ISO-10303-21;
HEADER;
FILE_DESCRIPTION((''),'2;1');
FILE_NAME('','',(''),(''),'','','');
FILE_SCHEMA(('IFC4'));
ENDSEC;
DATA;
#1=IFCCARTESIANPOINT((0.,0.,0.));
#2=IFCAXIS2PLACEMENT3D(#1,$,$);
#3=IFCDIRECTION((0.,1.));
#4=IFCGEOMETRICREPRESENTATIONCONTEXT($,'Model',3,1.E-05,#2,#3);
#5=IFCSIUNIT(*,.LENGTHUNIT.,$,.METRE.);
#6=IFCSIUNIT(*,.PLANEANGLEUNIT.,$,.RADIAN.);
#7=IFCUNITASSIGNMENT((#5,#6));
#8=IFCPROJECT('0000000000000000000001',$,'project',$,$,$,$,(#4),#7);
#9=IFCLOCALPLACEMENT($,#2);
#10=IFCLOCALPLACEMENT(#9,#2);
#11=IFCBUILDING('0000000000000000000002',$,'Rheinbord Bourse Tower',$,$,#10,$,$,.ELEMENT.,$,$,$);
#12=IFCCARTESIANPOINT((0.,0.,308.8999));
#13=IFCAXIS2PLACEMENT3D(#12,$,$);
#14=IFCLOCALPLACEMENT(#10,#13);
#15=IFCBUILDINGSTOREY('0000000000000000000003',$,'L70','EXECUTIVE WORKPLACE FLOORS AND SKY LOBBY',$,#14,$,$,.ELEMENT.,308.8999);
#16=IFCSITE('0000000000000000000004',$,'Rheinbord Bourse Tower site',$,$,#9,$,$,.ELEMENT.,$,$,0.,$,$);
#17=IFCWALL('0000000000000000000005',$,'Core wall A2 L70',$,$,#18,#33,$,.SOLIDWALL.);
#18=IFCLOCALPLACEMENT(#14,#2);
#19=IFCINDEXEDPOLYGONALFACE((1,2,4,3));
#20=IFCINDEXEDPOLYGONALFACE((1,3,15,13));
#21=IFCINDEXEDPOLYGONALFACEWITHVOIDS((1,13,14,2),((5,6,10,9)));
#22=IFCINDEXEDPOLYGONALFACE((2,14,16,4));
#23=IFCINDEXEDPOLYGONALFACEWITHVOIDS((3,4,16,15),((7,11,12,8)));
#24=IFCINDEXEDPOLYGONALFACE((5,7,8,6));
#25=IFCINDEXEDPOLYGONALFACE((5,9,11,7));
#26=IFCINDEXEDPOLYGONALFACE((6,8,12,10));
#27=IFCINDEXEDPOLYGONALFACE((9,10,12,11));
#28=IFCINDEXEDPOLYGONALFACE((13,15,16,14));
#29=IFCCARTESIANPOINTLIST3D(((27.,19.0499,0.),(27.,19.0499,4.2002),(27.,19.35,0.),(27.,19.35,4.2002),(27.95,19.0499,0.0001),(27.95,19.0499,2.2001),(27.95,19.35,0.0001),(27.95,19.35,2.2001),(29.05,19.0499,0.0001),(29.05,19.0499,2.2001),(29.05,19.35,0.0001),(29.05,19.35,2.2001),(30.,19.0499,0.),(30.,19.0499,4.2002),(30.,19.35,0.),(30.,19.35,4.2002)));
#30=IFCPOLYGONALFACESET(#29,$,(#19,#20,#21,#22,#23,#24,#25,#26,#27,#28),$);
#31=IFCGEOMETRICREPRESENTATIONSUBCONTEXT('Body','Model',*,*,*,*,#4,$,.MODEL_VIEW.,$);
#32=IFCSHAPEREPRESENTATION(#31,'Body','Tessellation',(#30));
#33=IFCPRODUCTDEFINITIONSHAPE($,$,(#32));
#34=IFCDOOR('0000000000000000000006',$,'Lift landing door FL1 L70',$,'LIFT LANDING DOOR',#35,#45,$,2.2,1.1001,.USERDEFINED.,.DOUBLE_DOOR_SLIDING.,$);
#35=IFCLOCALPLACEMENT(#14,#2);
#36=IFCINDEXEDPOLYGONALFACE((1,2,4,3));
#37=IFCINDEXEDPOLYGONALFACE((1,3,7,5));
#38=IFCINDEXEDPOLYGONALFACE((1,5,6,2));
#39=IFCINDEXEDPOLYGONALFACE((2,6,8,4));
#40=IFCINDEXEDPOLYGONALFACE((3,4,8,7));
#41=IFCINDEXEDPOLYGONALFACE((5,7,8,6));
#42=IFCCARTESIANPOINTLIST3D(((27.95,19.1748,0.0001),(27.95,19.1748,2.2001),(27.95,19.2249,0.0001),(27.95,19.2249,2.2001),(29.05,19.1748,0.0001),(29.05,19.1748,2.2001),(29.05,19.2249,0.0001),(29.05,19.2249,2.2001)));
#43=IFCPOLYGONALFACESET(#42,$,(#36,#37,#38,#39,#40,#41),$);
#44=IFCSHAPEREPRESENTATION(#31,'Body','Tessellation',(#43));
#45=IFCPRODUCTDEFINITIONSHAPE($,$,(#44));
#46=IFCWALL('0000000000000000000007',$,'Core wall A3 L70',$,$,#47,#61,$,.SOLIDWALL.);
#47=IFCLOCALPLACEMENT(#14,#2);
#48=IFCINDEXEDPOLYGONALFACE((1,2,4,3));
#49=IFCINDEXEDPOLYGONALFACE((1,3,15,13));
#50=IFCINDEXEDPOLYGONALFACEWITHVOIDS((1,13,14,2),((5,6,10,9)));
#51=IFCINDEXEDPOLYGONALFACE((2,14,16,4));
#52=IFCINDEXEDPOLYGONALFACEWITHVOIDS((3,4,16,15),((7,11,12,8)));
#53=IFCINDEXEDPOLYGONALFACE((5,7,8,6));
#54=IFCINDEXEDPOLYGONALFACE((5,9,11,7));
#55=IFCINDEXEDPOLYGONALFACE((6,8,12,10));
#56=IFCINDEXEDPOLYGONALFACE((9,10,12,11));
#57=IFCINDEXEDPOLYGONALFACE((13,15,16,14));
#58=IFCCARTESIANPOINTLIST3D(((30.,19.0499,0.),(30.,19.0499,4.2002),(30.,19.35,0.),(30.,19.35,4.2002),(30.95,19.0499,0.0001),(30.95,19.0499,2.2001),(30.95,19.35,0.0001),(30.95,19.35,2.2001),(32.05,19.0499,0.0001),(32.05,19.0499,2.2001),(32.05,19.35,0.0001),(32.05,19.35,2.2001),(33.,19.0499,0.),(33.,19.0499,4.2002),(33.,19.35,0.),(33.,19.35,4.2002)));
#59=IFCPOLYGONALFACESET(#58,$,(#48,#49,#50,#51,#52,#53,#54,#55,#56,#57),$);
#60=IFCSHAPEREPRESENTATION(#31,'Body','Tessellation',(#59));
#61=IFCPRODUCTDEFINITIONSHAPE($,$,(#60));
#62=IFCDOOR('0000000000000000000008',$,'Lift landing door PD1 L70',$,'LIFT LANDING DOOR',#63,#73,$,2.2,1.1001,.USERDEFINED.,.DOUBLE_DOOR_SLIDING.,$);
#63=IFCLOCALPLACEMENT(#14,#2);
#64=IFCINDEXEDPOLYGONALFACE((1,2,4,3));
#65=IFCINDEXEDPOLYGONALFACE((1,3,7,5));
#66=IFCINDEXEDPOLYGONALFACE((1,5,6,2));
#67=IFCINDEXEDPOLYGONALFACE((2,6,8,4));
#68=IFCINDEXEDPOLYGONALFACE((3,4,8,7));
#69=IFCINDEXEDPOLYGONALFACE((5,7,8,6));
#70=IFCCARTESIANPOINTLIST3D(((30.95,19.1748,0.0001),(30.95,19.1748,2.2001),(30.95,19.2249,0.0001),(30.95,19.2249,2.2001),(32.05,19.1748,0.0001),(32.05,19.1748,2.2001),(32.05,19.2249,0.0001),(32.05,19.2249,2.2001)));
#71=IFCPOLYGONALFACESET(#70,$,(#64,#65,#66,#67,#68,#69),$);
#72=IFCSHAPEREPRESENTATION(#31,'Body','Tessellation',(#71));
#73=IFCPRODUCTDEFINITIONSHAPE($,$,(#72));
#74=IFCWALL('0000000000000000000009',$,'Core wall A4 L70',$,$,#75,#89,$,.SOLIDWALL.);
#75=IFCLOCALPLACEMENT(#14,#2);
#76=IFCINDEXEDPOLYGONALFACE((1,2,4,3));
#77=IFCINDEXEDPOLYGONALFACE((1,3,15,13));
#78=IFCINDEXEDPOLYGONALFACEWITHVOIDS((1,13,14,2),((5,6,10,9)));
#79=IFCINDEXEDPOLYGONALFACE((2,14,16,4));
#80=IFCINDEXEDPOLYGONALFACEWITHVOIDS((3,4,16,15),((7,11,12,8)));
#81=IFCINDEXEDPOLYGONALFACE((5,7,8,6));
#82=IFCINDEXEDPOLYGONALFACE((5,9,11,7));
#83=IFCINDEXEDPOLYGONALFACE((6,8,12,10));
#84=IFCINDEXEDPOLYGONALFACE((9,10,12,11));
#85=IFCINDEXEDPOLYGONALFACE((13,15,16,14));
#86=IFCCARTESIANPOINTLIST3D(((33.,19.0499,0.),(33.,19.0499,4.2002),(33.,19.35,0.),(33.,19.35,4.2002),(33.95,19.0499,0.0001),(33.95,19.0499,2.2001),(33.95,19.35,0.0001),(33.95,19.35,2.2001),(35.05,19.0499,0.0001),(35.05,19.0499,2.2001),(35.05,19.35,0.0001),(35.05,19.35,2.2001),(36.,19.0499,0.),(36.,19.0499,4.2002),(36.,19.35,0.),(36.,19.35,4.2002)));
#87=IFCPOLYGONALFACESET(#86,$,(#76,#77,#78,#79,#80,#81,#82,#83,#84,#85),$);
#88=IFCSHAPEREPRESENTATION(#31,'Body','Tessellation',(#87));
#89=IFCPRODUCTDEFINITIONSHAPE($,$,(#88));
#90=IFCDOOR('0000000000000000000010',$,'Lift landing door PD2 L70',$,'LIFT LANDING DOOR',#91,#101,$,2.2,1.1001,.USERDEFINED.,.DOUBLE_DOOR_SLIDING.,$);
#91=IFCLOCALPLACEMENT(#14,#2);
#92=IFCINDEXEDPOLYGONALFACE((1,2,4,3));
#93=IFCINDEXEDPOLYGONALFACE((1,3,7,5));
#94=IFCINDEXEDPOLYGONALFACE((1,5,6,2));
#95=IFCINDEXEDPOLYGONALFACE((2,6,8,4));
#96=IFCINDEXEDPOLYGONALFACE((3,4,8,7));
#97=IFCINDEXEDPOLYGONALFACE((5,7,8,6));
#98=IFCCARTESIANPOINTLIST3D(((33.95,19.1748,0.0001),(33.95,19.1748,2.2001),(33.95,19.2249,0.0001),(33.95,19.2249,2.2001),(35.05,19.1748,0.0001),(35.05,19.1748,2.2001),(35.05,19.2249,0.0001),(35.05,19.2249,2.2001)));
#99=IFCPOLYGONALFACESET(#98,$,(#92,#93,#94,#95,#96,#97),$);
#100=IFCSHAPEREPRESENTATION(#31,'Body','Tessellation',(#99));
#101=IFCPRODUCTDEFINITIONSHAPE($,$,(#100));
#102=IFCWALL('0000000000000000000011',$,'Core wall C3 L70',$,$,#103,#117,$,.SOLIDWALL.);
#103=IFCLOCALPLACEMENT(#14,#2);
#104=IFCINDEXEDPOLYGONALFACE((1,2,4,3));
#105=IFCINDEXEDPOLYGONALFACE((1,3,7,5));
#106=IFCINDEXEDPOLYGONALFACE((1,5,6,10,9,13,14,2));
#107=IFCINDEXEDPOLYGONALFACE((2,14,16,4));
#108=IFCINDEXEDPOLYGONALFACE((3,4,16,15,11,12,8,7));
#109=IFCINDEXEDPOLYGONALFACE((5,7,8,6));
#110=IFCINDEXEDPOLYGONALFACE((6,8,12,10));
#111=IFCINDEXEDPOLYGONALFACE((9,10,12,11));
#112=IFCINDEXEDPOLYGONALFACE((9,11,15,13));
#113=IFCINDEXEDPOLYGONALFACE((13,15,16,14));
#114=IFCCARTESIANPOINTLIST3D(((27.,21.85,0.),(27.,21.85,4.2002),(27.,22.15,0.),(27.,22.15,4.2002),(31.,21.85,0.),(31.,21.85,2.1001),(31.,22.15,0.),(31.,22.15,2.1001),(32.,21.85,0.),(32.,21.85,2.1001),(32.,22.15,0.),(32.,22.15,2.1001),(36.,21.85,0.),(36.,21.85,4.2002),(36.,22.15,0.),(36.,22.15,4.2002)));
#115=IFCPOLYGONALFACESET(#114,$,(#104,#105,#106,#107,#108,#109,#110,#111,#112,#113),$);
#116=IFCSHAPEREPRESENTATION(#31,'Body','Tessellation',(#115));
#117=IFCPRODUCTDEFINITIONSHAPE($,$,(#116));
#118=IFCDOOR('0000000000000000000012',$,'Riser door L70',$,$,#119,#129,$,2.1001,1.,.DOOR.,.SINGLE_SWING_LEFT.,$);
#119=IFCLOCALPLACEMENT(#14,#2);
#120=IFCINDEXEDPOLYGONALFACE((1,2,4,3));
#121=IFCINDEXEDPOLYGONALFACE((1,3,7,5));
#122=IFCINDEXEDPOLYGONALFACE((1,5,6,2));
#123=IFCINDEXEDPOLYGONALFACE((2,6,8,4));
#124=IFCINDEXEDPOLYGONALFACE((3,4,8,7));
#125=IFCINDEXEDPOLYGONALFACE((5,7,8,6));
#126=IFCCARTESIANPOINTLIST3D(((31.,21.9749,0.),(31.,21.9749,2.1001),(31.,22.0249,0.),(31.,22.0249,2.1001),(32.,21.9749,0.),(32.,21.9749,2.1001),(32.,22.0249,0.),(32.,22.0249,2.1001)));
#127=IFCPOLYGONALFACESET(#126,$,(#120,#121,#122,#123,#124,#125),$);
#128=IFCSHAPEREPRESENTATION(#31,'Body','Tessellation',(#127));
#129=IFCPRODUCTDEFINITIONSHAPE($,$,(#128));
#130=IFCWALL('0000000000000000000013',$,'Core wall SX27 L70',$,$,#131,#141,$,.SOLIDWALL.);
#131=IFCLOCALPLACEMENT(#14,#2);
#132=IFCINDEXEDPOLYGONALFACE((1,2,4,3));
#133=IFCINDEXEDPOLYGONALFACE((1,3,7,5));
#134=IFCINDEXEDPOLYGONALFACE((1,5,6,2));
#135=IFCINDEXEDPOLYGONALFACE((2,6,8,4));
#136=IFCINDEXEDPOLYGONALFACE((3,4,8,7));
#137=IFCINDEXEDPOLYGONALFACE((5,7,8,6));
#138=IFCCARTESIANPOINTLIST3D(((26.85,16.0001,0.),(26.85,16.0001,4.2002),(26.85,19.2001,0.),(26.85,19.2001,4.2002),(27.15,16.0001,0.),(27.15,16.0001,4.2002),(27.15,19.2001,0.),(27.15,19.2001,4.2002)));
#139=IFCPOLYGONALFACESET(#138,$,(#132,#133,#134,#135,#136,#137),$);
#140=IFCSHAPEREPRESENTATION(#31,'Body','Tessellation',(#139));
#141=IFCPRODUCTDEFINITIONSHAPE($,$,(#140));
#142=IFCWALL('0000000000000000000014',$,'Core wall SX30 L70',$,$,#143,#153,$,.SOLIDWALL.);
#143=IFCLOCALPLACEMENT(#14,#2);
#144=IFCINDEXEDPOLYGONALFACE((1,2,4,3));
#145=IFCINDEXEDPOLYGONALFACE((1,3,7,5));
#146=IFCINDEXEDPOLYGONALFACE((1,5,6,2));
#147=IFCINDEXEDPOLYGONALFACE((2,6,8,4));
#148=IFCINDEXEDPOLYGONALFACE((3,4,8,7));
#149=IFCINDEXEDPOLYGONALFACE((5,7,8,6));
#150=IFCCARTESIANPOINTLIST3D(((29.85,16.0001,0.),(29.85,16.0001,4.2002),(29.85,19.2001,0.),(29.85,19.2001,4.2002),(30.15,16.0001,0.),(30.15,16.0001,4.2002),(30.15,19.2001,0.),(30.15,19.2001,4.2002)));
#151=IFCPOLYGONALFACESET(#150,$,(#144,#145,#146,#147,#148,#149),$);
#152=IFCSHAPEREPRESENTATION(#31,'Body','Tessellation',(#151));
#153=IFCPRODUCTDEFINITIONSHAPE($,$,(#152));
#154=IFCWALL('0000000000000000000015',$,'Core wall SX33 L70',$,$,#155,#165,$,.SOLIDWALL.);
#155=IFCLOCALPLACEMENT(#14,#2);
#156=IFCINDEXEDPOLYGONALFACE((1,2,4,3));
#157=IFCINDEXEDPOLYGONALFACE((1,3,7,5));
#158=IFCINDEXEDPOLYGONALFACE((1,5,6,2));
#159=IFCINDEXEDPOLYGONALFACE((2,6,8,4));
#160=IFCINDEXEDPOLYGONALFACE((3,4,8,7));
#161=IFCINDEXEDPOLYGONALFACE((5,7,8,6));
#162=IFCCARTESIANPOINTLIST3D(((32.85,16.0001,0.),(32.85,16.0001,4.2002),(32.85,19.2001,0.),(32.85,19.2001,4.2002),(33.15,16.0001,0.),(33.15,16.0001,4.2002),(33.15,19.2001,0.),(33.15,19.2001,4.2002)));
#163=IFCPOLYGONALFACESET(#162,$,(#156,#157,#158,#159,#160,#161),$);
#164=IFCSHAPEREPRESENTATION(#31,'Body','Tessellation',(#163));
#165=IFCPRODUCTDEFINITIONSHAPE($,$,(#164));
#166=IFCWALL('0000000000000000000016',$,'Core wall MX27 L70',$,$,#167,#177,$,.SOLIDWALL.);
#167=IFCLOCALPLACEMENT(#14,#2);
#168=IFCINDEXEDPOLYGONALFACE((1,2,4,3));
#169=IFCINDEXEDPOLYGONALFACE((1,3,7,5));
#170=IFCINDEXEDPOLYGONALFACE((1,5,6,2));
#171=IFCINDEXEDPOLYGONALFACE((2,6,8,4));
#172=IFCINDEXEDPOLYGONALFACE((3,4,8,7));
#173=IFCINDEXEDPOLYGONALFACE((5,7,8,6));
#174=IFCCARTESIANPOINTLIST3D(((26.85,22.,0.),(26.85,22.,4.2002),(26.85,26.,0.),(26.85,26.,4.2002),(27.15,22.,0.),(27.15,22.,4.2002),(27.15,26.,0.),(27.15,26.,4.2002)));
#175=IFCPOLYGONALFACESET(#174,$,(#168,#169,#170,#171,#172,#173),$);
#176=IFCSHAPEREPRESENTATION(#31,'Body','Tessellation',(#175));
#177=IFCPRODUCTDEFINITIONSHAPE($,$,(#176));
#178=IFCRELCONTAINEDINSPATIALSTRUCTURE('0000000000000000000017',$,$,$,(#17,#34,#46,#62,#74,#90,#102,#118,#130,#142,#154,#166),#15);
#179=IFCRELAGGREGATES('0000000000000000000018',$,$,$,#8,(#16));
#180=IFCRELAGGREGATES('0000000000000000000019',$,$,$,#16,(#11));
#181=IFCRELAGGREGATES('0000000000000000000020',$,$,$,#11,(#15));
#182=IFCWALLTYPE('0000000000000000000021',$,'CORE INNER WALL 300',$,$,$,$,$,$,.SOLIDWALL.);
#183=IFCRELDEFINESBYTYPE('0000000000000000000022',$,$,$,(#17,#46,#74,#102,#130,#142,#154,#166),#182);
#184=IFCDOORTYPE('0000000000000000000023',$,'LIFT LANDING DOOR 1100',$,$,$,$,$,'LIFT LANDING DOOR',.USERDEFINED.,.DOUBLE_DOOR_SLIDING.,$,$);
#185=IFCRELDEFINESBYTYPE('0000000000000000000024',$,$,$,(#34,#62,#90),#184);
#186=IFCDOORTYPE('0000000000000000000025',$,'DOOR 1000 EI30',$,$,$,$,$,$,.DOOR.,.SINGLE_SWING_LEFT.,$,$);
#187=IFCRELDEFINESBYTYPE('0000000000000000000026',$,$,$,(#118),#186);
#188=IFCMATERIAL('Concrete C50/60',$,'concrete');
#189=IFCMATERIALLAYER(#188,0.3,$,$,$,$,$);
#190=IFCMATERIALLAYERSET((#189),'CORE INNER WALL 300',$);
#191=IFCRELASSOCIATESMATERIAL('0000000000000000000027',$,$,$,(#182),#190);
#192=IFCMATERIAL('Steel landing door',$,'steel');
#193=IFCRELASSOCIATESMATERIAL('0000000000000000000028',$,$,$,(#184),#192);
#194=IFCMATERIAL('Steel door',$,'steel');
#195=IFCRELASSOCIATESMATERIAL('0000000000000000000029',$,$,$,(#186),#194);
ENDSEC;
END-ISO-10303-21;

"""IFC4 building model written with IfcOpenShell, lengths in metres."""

from ifc_helpers import new_model, si_unit, direction, frame, frame_2d, origin, place, context, subcontext, project, spatial, rectangle, extrude, material, layer, layer_set, type_object, element, fill, save


model = new_model("IFC4")

# Units and contexts
model_context = context("Model", 3, precision=1e-05, world=origin(), true_north=direction((0.0, 1.0)))
body_context = subcontext(model_context, "Body", "Model", "MODEL_VIEW")
ifc_project = project(units=[si_unit("LENGTHUNIT", "METRE"), si_unit("PLANEANGLEUNIT", "RADIAN")], contexts=[model_context])

# Site, building, storey
site_placement = place(None, origin())
site = spatial("IfcSite", under=ifc_project, at=site_placement, Name="Rheinbord Bourse Tower site", CompositionType="ELEMENT", RefElevation=0.0)
building_placement = place(site_placement, origin())
building = spatial("IfcBuilding", under=site, at=building_placement, Name="Rheinbord Bourse Tower", CompositionType="ELEMENT")
storey_placement = place(building_placement, frame((0.0, 0.0, 308.8999)))
storey = spatial("IfcBuildingStorey", under=building, at=storey_placement, Name="L70", Description="EXECUTIVE WORKPLACE FLOORS AND SKY LOBBY", CompositionType="ELEMENT", Elevation=308.8999)

# Walls, openings, doors
ifc_material_1 = material(Name="Concrete C50/60", Category="concrete")
ifc_layer_1 = layer(ifc_material_1, 0.3)
ifc_layer_set_1 = layer_set([ifc_layer_1], Name="CORE INNER WALL 300")
wall_type_1 = type_object("IfcWallType", Name="CORE INNER WALL 300", PredefinedType="SOLIDWALL", material=ifc_layer_set_1)
wall_1_placement = place(storey_placement, frame((27.0, 19.2, 0.0), z_axis=(0.0, 0.0, 1.0), x_axis=(1.0, 0.0, 0.0)))
wall_1 = element("IfcWall", 1, at=wall_1_placement, inside=storey, type_object=wall_type_1, Name="Core wall A2 L70", PredefinedType="SOLIDWALL", context=body_context, shape_type="SweptSolid", body=[
    extrude(rectangle(XDim=3.0, YDim=0.3, at=frame_2d((1.5, 0.0))), origin(), (0.0, 0.0, 1.0), 4.2002),
])
opening_1_placement = place(wall_1_placement, frame((0.95, 0.0, 0.0)))
opening_1 = element("IfcOpeningElement", 2, at=opening_1_placement, cuts=wall_1, PredefinedType="OPENING", context=body_context, shape_type="SweptSolid", body=[
    extrude(rectangle(XDim=1.1001, YDim=2.2, at=frame_2d((0.55, 1.1001))), frame((0.0, 0.1599, 0.0), z_axis=(0.0, -1.0, 0.0), x_axis=(1.0, 0.0, 0.0)), (0.0, 0.0, 1.0), 0.3201),
])
ifc_material_2 = material(Name="Steel landing door", Category="steel")
door_type_1 = type_object("IfcDoorType", Name="LIFT LANDING DOOR 1100", ElementType="LIFT LANDING DOOR", OperationType="DOUBLE_DOOR_SLIDING", PredefinedType="USERDEFINED", material=ifc_material_2)
door_1_placement = place(opening_1_placement, origin())
door_1 = element("IfcDoor", 3, at=door_1_placement, inside=storey, type_object=door_type_1, Name="Lift landing door FL1 L70", ObjectType="LIFT LANDING DOOR", OperationType="DOUBLE_DOOR_SLIDING", OverallHeight=2.2, OverallWidth=1.1001, PredefinedType="USERDEFINED", context=body_context, shape_type="SweptSolid", body=[
    extrude(rectangle(XDim=1.1001, YDim=2.2, at=frame_2d((0.55, 1.1001))), frame((0.0, 0.0249, 0.0), z_axis=(0.0, -1.0, 0.0), x_axis=(1.0, 0.0, 0.0)), (0.0, 0.0, 1.0), 0.05),
])
fill(opening_1, door_1)
wall_2_placement = place(storey_placement, frame((30.0, 19.2, 0.0), z_axis=(0.0, 0.0, 1.0), x_axis=(1.0, 0.0, 0.0)))
wall_2 = element("IfcWall", 4, at=wall_2_placement, inside=storey, type_object=wall_type_1, Name="Core wall A3 L70", PredefinedType="SOLIDWALL", context=body_context, shape_type="SweptSolid", body=[
    extrude(rectangle(XDim=3.0, YDim=0.3, at=frame_2d((1.5, 0.0))), origin(), (0.0, 0.0, 1.0), 4.2002),
])
opening_2_placement = place(wall_2_placement, frame((0.95, 0.0, 0.0)))
opening_2 = element("IfcOpeningElement", 5, at=opening_2_placement, cuts=wall_2, PredefinedType="OPENING", context=body_context, shape_type="SweptSolid", body=[
    extrude(rectangle(XDim=1.1001, YDim=2.2, at=frame_2d((0.55, 1.1001))), frame((0.0, 0.1599, 0.0), z_axis=(0.0, -1.0, 0.0), x_axis=(1.0, 0.0, 0.0)), (0.0, 0.0, 1.0), 0.3201),
])
door_2_placement = place(opening_2_placement, origin())
door_2 = element("IfcDoor", 6, at=door_2_placement, inside=storey, type_object=door_type_1, Name="Lift landing door PD1 L70", ObjectType="LIFT LANDING DOOR", OperationType="DOUBLE_DOOR_SLIDING", OverallHeight=2.2, OverallWidth=1.1001, PredefinedType="USERDEFINED", context=body_context, shape_type="SweptSolid", body=[
    extrude(rectangle(XDim=1.1001, YDim=2.2, at=frame_2d((0.55, 1.1001))), frame((0.0, 0.0249, 0.0), z_axis=(0.0, -1.0, 0.0), x_axis=(1.0, 0.0, 0.0)), (0.0, 0.0, 1.0), 0.05),
])
fill(opening_2, door_2)
wall_3_placement = place(storey_placement, frame((33.0, 19.2, 0.0), z_axis=(0.0, 0.0, 1.0), x_axis=(1.0, 0.0, 0.0)))
wall_3 = element("IfcWall", 7, at=wall_3_placement, inside=storey, type_object=wall_type_1, Name="Core wall A4 L70", PredefinedType="SOLIDWALL", context=body_context, shape_type="SweptSolid", body=[
    extrude(rectangle(XDim=3.0, YDim=0.3, at=frame_2d((1.5, 0.0))), origin(), (0.0, 0.0, 1.0), 4.2002),
])
opening_3_placement = place(wall_3_placement, frame((0.95, 0.0, 0.0)))
opening_3 = element("IfcOpeningElement", 8, at=opening_3_placement, cuts=wall_3, PredefinedType="OPENING", context=body_context, shape_type="SweptSolid", body=[
    extrude(rectangle(XDim=1.1001, YDim=2.2, at=frame_2d((0.55, 1.1001))), frame((0.0, 0.1599, 0.0), z_axis=(0.0, -1.0, 0.0), x_axis=(1.0, 0.0, 0.0)), (0.0, 0.0, 1.0), 0.3201),
])
door_3_placement = place(opening_3_placement, origin())
door_3 = element("IfcDoor", 9, at=door_3_placement, inside=storey, type_object=door_type_1, Name="Lift landing door PD2 L70", ObjectType="LIFT LANDING DOOR", OperationType="DOUBLE_DOOR_SLIDING", OverallHeight=2.2, OverallWidth=1.1001, PredefinedType="USERDEFINED", context=body_context, shape_type="SweptSolid", body=[
    extrude(rectangle(XDim=1.1001, YDim=2.2, at=frame_2d((0.55, 1.1001))), frame((0.0, 0.0249, 0.0), z_axis=(0.0, -1.0, 0.0), x_axis=(1.0, 0.0, 0.0)), (0.0, 0.0, 1.0), 0.05),
])
fill(opening_3, door_3)
wall_4_placement = place(storey_placement, frame((27.0, 22.0, 0.0), z_axis=(0.0, 0.0, 1.0), x_axis=(1.0, 0.0, 0.0)))
wall_4 = element("IfcWall", 10, at=wall_4_placement, inside=storey, type_object=wall_type_1, Name="Core wall C3 L70", PredefinedType="SOLIDWALL", context=body_context, shape_type="SweptSolid", body=[
    extrude(rectangle(XDim=9.0, YDim=0.3, at=frame_2d((4.5, 0.0))), origin(), (0.0, 0.0, 1.0), 4.2002),
])
opening_4_placement = place(wall_4_placement, frame((4.0, 0.0, 0.0)))
opening_4 = element("IfcOpeningElement", 11, at=opening_4_placement, cuts=wall_4, PredefinedType="OPENING", context=body_context, shape_type="SweptSolid", body=[
    extrude(rectangle(XDim=1.0, YDim=2.1001, at=frame_2d((0.5, 1.05))), frame((0.0, 0.1599, 0.0), z_axis=(0.0, -1.0, 0.0), x_axis=(1.0, 0.0, 0.0)), (0.0, 0.0, 1.0), 0.3201),
])
ifc_material_3 = material(Name="Steel door", Category="steel")
door_type_2 = type_object("IfcDoorType", Name="DOOR 1000 EI30", OperationType="SINGLE_SWING_LEFT", PredefinedType="DOOR", material=ifc_material_3)
door_4_placement = place(opening_4_placement, origin())
door_4 = element("IfcDoor", 12, at=door_4_placement, inside=storey, type_object=door_type_2, Name="Riser door L70", OperationType="SINGLE_SWING_LEFT", OverallHeight=2.1001, OverallWidth=1.0, PredefinedType="DOOR", context=body_context, shape_type="SweptSolid", body=[
    extrude(rectangle(XDim=1.0, YDim=2.1001, at=frame_2d((0.5, 1.05))), frame((0.0, 0.0249, 0.0), z_axis=(0.0, -1.0, 0.0), x_axis=(1.0, 0.0, 0.0)), (0.0, 0.0, 1.0), 0.05),
])
fill(opening_4, door_4)

# Walls
for number, where, z_axis, x_axis, name in (
    (13, (27.0, 16.0, 0.0), (0.0, 0.0, 1.0), (0.0, 1.0, 0.0), "Core wall SX27 L70"),
    (14, (30.0, 16.0, 0.0), (0.0, 0.0, 1.0), (0.0, 1.0, 0.0), "Core wall SX30 L70"),
    (15, (33.0, 16.0, 0.0), (0.0, 0.0, 1.0), (0.0, 1.0, 0.0), "Core wall SX33 L70"),
):
    element("IfcWall", number, at=place(storey_placement, frame(where, z_axis=z_axis, x_axis=x_axis)), inside=storey, type_object=wall_type_1, Name=name, PredefinedType="SOLIDWALL", context=body_context, shape_type="SweptSolid", body=[
        extrude(rectangle(XDim=3.2, YDim=0.3, at=frame_2d((1.6001, 0.0))), origin(), (0.0, 0.0, 1.0), 4.2002),
    ])
wall_5_placement = place(storey_placement, frame((27.0, 22.0, 0.0), z_axis=(0.0, 0.0, 1.0), x_axis=(0.0, 1.0, 0.0)))
element("IfcWall", 16, at=wall_5_placement, inside=storey, type_object=wall_type_1, Name="Core wall MX27 L70", PredefinedType="SOLIDWALL", context=body_context, shape_type="SweptSolid", body=[
    extrude(rectangle(XDim=4.0, YDim=0.3, at=frame_2d((2.0, 0.0))), origin(), (0.0, 0.0, 1.0), 4.2002),
])

save(model, "model.ifc")
